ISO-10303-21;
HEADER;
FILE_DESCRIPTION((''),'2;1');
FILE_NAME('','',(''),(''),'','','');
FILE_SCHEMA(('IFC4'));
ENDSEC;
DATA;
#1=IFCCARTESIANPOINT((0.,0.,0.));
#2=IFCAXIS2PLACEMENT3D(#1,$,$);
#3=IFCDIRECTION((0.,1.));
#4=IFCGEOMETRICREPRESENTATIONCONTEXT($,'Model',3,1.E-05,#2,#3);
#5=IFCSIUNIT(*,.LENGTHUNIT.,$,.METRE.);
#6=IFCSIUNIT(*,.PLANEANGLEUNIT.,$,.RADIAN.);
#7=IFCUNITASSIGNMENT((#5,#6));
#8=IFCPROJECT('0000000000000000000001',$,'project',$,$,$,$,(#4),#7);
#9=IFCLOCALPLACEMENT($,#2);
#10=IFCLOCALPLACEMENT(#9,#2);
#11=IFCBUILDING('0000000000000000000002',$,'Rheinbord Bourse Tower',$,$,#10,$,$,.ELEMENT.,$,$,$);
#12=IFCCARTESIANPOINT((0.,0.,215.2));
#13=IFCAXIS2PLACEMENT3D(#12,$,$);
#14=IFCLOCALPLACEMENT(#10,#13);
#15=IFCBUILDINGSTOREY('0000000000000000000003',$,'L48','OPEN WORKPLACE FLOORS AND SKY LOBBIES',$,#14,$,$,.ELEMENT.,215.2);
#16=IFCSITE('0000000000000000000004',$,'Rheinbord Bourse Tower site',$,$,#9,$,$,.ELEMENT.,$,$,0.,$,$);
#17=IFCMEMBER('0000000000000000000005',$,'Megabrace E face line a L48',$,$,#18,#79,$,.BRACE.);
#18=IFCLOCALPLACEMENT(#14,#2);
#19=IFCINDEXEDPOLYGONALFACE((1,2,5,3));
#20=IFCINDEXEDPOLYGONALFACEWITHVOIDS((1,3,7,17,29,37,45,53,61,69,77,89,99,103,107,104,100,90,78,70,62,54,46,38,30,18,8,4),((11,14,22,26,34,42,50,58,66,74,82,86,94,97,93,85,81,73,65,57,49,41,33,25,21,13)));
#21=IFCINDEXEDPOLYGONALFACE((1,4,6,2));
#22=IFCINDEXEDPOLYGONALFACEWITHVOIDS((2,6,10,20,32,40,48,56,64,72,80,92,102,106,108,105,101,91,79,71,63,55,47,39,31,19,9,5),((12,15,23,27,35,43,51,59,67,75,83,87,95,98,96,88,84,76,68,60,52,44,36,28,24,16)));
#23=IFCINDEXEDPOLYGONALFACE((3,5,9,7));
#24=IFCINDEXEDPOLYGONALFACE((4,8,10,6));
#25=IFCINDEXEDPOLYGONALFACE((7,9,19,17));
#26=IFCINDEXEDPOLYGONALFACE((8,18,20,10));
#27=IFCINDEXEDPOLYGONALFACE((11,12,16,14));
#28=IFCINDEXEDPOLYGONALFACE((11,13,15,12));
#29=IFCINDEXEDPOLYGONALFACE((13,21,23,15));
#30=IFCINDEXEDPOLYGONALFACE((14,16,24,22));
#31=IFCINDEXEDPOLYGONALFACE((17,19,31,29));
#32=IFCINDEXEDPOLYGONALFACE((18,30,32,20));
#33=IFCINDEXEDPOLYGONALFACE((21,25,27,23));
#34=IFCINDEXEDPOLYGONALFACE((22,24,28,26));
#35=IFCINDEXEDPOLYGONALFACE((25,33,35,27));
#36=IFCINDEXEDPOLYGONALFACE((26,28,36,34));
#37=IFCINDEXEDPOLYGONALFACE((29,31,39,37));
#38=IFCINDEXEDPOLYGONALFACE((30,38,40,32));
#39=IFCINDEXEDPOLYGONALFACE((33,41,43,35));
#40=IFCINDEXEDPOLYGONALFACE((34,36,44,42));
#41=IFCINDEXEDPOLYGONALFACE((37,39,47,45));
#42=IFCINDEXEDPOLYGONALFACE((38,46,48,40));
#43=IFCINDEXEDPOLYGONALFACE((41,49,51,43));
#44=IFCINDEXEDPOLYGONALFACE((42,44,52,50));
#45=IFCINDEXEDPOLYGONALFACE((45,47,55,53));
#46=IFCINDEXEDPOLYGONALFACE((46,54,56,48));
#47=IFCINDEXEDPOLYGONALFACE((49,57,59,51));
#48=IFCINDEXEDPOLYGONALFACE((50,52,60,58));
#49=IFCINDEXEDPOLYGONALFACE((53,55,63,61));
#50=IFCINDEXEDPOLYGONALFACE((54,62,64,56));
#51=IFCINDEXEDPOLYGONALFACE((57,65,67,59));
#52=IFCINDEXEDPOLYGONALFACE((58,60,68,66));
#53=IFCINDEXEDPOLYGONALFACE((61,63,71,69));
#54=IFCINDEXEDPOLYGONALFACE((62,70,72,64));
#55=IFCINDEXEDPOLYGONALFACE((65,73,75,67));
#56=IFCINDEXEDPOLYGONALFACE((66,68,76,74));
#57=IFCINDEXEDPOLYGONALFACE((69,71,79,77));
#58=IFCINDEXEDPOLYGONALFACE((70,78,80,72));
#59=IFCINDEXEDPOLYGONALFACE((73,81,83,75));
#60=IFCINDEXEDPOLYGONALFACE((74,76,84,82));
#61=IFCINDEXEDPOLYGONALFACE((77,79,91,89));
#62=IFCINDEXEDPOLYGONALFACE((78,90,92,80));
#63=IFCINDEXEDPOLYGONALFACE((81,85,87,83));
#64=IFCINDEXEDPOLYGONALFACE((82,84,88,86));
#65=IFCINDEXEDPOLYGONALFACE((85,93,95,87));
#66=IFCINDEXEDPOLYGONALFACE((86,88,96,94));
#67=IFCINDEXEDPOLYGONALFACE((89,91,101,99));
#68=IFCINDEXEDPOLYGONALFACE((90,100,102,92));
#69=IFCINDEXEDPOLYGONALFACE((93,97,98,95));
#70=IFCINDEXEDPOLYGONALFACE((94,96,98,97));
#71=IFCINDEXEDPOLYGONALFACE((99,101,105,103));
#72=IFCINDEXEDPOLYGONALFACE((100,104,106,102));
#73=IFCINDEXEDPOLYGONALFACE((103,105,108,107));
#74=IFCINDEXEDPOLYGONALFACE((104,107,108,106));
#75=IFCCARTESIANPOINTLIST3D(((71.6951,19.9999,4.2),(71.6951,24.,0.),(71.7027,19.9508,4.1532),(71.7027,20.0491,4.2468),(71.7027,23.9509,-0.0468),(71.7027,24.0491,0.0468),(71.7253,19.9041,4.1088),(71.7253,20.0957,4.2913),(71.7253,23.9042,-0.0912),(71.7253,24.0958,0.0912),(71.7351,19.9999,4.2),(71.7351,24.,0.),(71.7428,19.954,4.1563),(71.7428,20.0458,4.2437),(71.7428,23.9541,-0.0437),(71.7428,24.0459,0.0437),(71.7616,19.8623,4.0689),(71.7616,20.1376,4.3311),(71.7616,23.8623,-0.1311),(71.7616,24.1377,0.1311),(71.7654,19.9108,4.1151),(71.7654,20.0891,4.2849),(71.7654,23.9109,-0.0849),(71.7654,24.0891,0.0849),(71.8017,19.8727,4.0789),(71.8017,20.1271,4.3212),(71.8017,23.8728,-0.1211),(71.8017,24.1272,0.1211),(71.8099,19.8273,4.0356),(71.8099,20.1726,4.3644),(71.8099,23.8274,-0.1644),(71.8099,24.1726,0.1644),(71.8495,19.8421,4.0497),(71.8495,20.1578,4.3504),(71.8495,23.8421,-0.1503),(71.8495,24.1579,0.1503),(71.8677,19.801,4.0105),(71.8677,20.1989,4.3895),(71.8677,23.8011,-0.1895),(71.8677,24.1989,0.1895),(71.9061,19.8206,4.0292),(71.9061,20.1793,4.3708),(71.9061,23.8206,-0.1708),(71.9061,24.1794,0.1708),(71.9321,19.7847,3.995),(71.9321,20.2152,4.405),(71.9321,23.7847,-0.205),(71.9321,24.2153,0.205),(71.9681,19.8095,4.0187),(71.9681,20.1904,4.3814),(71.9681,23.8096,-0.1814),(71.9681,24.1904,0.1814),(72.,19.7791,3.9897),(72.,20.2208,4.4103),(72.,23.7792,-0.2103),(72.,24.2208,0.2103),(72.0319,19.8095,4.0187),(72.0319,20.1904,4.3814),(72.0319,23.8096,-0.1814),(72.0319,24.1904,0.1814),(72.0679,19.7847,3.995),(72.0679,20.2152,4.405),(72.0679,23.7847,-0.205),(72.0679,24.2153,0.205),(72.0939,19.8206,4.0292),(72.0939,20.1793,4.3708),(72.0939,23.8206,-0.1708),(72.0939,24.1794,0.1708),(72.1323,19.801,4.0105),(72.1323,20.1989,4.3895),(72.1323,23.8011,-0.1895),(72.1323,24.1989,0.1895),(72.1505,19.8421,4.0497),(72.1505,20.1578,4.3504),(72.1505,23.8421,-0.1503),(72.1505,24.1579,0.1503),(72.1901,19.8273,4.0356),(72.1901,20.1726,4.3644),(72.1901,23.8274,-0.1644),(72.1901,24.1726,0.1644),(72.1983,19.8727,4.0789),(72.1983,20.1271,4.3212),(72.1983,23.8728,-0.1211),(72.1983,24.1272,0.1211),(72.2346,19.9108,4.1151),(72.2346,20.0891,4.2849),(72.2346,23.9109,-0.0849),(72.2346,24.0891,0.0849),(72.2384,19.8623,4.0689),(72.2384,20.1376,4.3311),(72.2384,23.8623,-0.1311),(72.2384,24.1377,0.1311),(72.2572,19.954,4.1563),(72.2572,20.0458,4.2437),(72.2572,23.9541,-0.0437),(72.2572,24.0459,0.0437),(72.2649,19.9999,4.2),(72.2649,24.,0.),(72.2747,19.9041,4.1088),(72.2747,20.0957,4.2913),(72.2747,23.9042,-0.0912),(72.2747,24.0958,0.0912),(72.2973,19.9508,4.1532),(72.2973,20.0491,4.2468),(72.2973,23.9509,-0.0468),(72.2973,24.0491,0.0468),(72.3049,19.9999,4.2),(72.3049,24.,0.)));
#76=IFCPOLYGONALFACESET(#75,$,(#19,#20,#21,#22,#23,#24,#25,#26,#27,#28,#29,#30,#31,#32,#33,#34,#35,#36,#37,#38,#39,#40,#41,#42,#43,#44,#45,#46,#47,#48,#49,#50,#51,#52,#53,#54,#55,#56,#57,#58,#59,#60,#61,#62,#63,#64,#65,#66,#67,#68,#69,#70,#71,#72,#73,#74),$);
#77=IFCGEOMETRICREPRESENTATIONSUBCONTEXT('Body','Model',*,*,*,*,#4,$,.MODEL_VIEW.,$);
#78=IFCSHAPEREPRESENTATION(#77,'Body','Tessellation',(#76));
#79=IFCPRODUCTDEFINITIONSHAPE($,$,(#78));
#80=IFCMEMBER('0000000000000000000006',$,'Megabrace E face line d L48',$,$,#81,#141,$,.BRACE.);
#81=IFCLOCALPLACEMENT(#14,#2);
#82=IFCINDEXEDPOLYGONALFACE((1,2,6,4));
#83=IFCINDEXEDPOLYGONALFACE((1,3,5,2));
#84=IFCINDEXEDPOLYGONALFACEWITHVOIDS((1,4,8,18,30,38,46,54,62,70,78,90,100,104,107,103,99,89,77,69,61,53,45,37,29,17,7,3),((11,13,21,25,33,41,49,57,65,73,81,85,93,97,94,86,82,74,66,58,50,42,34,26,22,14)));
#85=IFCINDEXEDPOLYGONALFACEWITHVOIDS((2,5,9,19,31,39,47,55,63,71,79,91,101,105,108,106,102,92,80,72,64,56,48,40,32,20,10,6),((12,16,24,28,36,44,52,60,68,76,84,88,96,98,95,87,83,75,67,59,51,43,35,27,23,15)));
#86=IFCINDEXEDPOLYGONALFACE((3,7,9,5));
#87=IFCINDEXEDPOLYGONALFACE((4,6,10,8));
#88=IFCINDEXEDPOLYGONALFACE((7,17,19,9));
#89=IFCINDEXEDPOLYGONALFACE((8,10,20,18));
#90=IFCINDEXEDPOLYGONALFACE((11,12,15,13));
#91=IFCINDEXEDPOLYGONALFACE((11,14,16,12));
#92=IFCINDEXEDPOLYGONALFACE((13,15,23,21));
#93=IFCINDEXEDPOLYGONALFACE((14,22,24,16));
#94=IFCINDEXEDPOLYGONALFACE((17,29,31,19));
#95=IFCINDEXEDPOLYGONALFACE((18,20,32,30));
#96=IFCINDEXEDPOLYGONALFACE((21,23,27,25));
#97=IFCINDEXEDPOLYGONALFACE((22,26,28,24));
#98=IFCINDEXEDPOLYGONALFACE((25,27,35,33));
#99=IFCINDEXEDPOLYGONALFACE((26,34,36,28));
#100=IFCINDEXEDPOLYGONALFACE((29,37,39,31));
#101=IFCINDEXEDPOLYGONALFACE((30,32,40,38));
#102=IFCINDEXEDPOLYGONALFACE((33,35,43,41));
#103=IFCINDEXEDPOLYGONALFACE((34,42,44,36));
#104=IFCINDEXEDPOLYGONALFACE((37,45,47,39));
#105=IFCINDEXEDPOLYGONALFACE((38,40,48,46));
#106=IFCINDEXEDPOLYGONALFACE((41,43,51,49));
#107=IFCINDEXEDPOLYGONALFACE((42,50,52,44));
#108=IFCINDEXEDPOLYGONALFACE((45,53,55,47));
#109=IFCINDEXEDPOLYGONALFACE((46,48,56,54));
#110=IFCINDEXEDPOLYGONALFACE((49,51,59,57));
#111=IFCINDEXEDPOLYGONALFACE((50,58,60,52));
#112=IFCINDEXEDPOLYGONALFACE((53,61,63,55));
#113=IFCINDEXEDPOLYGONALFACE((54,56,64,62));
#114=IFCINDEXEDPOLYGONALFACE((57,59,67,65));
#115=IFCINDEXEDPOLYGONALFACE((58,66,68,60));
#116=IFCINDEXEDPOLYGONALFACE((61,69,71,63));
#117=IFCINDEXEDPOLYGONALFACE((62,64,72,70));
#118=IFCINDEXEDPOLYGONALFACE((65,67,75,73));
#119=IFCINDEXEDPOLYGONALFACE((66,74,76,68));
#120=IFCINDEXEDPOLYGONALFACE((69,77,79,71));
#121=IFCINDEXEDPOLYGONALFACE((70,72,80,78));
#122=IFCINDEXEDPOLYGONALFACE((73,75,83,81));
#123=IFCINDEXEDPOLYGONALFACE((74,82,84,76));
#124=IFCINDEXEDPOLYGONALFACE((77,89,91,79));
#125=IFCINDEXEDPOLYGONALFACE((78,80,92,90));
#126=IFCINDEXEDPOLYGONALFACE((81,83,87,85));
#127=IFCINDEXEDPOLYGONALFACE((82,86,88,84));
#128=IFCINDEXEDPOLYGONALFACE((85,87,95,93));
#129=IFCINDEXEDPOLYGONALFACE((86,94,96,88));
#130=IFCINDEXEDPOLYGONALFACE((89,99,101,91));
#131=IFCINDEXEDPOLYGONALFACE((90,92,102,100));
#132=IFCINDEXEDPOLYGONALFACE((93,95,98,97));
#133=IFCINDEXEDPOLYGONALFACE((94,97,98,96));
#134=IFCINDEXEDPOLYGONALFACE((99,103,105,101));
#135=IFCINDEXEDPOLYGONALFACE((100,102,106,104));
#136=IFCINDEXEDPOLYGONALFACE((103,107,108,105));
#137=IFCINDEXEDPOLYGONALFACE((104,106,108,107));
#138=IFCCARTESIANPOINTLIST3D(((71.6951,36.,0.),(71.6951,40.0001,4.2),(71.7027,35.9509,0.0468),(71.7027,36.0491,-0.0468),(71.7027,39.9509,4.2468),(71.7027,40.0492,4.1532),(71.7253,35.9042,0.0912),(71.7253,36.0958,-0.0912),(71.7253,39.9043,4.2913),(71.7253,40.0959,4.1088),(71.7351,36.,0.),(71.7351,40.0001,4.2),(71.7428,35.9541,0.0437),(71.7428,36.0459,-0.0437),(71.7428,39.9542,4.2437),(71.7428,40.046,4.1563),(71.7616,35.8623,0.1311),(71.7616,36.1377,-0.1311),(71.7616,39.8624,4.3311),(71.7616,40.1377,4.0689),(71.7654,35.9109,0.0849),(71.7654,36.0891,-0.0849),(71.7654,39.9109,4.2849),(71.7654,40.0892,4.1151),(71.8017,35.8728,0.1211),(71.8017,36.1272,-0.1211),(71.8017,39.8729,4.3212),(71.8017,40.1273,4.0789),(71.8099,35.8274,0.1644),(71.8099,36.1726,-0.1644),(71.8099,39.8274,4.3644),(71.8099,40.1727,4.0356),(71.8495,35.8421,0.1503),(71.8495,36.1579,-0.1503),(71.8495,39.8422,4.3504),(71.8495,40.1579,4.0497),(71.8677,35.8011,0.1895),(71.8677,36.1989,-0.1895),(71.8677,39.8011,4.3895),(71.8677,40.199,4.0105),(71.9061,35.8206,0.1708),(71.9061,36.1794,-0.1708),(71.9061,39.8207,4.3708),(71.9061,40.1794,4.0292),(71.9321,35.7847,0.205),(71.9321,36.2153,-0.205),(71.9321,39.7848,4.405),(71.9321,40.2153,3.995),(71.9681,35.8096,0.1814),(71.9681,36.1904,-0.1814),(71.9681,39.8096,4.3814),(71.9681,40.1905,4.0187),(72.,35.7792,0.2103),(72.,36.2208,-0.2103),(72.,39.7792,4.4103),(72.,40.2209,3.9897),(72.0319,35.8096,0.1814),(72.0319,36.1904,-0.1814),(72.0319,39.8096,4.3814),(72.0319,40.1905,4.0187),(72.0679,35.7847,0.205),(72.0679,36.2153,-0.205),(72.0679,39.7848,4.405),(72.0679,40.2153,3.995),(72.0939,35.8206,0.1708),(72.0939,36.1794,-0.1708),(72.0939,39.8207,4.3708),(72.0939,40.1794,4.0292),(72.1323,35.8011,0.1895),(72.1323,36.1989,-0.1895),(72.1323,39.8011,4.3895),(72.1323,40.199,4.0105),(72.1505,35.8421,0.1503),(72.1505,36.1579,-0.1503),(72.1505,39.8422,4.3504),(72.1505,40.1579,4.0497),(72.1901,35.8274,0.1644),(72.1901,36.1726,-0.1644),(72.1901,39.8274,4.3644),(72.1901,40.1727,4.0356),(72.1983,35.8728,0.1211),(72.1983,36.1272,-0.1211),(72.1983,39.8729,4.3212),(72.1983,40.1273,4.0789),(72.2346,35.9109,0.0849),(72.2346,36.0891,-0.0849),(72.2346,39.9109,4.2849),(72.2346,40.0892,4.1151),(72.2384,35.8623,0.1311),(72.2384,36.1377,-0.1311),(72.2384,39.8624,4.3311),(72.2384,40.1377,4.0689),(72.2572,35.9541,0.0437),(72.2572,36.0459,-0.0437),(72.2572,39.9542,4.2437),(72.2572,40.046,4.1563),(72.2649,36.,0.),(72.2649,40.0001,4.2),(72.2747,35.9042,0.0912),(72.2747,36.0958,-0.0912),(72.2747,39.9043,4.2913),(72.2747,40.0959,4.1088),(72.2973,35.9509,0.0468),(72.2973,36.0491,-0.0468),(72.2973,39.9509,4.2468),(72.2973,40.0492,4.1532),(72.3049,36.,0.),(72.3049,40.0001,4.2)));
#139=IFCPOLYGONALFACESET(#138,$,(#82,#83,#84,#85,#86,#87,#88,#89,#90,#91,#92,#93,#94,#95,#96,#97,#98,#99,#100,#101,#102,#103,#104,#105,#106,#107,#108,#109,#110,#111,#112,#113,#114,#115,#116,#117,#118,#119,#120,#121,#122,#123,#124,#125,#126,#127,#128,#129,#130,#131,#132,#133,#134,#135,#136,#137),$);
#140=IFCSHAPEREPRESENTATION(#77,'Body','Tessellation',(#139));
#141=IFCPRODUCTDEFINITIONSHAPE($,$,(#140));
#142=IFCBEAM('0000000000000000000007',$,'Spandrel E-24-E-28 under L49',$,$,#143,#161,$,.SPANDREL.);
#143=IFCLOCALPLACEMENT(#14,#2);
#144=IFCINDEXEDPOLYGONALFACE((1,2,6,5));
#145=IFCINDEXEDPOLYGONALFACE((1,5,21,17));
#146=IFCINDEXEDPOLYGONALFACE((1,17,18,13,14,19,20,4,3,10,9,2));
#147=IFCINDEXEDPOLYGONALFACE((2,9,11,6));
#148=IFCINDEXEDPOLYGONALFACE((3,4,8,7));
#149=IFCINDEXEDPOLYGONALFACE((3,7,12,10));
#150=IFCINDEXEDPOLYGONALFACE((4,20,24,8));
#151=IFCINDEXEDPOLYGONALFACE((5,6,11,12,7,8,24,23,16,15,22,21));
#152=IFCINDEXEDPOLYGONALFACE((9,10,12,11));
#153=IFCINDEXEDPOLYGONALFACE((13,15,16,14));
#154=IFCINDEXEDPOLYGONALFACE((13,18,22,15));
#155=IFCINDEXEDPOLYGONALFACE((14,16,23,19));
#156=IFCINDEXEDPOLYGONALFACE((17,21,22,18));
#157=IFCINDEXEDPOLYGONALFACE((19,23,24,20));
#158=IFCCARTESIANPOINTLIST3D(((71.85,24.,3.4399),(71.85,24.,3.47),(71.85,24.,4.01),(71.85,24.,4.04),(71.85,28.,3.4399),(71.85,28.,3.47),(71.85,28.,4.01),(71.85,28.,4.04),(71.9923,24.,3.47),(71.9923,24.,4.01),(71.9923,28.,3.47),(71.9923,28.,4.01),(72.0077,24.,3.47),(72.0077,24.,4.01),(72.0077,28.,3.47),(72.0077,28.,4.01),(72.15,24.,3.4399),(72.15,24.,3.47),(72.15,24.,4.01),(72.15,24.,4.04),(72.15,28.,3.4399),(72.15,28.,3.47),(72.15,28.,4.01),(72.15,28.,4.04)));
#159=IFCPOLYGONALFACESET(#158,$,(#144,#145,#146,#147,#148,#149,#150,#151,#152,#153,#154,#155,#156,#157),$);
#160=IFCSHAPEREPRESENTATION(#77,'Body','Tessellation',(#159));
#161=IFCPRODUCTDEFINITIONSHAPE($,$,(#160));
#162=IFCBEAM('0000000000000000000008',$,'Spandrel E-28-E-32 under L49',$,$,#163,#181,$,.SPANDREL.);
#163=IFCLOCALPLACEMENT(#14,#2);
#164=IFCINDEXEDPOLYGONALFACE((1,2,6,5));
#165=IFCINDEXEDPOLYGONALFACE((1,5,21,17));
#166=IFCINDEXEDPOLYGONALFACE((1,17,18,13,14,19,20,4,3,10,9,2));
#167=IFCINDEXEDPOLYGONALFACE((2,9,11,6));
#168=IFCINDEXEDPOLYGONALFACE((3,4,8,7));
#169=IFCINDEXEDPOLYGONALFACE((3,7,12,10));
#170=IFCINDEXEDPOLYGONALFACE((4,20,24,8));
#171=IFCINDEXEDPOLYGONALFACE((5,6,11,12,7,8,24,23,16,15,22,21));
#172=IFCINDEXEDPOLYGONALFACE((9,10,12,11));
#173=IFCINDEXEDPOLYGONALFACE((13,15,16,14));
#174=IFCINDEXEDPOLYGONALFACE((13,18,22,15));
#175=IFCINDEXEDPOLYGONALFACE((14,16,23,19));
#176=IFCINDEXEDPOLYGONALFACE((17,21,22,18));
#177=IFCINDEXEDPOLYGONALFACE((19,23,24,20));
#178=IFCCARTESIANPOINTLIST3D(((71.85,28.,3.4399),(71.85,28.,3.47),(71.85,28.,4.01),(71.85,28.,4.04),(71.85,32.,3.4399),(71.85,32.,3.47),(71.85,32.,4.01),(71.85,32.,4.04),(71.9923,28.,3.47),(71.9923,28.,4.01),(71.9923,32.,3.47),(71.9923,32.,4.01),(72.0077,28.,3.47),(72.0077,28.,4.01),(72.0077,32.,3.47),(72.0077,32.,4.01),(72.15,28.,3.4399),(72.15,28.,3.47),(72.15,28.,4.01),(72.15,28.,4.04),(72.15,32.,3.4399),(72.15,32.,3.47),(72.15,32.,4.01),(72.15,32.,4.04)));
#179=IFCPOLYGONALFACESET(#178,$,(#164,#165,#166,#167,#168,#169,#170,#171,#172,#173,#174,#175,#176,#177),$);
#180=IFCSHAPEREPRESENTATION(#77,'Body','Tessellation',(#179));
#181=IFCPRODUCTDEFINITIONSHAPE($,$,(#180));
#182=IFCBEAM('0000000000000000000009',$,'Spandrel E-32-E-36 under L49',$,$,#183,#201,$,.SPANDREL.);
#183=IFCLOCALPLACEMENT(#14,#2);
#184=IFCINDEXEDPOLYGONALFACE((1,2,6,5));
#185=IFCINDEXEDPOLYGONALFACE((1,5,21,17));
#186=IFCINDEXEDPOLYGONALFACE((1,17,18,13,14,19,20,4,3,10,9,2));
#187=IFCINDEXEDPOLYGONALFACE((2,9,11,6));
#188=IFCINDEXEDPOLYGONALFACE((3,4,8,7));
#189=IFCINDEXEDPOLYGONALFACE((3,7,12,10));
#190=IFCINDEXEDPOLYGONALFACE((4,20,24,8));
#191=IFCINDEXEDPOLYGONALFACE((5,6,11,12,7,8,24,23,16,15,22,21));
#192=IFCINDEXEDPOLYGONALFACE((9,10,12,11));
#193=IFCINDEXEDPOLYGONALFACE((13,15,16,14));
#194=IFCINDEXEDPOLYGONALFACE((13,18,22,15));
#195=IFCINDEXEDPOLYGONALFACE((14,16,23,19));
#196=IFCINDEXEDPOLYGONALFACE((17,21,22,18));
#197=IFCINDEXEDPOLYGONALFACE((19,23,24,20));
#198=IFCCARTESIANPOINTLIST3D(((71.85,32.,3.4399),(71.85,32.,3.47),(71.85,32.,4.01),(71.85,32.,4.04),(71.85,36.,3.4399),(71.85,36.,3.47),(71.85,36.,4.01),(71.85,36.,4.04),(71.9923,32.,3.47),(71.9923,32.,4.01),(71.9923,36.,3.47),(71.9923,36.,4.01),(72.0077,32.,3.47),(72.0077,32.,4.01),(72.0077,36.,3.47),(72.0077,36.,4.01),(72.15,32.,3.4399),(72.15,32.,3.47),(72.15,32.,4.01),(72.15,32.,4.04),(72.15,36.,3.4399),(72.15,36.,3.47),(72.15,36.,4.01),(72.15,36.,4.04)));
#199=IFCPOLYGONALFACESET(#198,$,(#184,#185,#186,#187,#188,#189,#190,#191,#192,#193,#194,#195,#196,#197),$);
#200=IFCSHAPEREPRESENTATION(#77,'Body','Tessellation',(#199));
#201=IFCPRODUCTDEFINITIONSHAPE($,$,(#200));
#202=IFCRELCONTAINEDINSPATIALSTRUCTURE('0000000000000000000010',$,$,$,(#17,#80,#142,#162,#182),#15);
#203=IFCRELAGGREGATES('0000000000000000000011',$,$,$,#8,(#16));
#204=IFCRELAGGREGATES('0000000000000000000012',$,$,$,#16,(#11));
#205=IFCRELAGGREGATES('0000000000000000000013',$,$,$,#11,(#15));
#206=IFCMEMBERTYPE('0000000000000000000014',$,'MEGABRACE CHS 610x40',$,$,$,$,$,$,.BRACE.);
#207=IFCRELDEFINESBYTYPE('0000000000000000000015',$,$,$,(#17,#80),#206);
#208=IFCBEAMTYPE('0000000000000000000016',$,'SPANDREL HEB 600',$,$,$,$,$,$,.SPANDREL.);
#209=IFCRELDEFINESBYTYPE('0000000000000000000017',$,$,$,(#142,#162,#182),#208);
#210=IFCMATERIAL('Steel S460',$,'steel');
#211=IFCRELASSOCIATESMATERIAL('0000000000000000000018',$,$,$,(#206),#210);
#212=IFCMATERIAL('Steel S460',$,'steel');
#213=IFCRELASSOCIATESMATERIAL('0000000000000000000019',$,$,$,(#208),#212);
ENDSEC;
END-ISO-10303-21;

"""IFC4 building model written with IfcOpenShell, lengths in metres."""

from ifc_helpers import new_model, si_unit, direction, frame, origin, origin_2d, place, context, subcontext, project, spatial, hollow_circle, i_section, extrude, material, material_profile, profile_set, type_object, element, save


model = new_model("IFC4")

# Units and contexts
model_context = context("Model", 3, precision=1e-05, world=origin(), true_north=direction((0.0, 1.0)))
body_context = subcontext(model_context, "Body", "Model", "MODEL_VIEW")
ifc_project = project(units=[si_unit("LENGTHUNIT", "METRE"), si_unit("PLANEANGLEUNIT", "RADIAN")], contexts=[model_context])

# Site, building, storey
site_placement = place(None, origin())
site = spatial("IfcSite", under=ifc_project, at=site_placement, Name="Rheinbord Bourse Tower site", CompositionType="ELEMENT", RefElevation=0.0)
building_placement = place(site_placement, origin())
building = spatial("IfcBuilding", under=site, at=building_placement, Name="Rheinbord Bourse Tower", CompositionType="ELEMENT")
storey_placement = place(building_placement, frame((0.0, 0.0, 215.2)))
storey = spatial("IfcBuildingStorey", under=building, at=storey_placement, Name="L48", Description="OPEN WORKPLACE FLOORS AND SKY LOBBIES", CompositionType="ELEMENT", Elevation=215.2)

# Members
ifc_material_1 = material(Name="Steel S460", Category="steel")
ifc_material_profile_1 = material_profile(ifc_material_1, hollow_circle(Radius=0.3049, WallThickness=0.04, at=origin_2d()), Name="CHS 610x40")
ifc_profile_set_1 = profile_set([ifc_material_profile_1], Name="Steel S460")
member_type_1 = type_object("IfcMemberType", Name="MEGABRACE CHS 610x40", PredefinedType="BRACE", material=ifc_profile_set_1)
for number, where, z_axis, x_axis, name in (
    (1, (72.0, 24.0, 0.0), (0.0, -0.689659, 0.724134), (1.0, 0.0, 0.0), "Megabrace E face line a L48"),
    (2, (72.0, 36.0, 0.0), (0.0, 0.689659, 0.724134), (-1.0, 0.0, 0.0), "Megabrace E face line d L48"),
):
    element("IfcMember", number, at=place(storey_placement, frame(where, z_axis=z_axis, x_axis=x_axis)), inside=storey, type_object=member_type_1, Name=name, PredefinedType="BRACE", context=body_context, shape_type="SweptSolid", body=[
        extrude(hollow_circle(Radius=0.3049, WallThickness=0.04, at=origin_2d()), origin(), (0.0, 0.0, 1.0), 5.8),
    ])

# Beams
ifc_material_2 = material(Name="Steel S460", Category="steel")
ifc_material_profile_2 = material_profile(ifc_material_2, i_section(OverallWidth=0.3, OverallDepth=0.6001, WebThickness=0.0154, FlangeThickness=0.03, at=origin_2d()), Name="HEB 600")
ifc_profile_set_2 = profile_set([ifc_material_profile_2], Name="Steel S460")
beam_type_1 = type_object("IfcBeamType", Name="SPANDREL HEB 600", PredefinedType="SPANDREL", material=ifc_profile_set_2)
for number, where, z_axis, x_axis, name in (
    (3, (72.0, 24.0, 3.74), (0.0, 1.0, 0.0), (-1.0, 0.0, 0.0), "Spandrel E-24-E-28 under L49"),
    (4, (72.0, 28.0, 3.74), (0.0, 1.0, 0.0), (-1.0, 0.0, 0.0), "Spandrel E-28-E-32 under L49"),
    (5, (72.0, 32.0, 3.74), (0.0, 1.0, 0.0), (-1.0, 0.0, 0.0), "Spandrel E-32-E-36 under L49"),
):
    element("IfcBeam", number, at=place(storey_placement, frame(where, z_axis=z_axis, x_axis=x_axis)), inside=storey, type_object=beam_type_1, Name=name, PredefinedType="SPANDREL", context=body_context, shape_type="SweptSolid", body=[
        extrude(i_section(OverallWidth=0.3, OverallDepth=0.6001, WebThickness=0.0154, FlangeThickness=0.03, at=origin_2d()), origin(), (0.0, 0.0, 1.0), 4.0),
    ])

save(model, "model.ifc")
